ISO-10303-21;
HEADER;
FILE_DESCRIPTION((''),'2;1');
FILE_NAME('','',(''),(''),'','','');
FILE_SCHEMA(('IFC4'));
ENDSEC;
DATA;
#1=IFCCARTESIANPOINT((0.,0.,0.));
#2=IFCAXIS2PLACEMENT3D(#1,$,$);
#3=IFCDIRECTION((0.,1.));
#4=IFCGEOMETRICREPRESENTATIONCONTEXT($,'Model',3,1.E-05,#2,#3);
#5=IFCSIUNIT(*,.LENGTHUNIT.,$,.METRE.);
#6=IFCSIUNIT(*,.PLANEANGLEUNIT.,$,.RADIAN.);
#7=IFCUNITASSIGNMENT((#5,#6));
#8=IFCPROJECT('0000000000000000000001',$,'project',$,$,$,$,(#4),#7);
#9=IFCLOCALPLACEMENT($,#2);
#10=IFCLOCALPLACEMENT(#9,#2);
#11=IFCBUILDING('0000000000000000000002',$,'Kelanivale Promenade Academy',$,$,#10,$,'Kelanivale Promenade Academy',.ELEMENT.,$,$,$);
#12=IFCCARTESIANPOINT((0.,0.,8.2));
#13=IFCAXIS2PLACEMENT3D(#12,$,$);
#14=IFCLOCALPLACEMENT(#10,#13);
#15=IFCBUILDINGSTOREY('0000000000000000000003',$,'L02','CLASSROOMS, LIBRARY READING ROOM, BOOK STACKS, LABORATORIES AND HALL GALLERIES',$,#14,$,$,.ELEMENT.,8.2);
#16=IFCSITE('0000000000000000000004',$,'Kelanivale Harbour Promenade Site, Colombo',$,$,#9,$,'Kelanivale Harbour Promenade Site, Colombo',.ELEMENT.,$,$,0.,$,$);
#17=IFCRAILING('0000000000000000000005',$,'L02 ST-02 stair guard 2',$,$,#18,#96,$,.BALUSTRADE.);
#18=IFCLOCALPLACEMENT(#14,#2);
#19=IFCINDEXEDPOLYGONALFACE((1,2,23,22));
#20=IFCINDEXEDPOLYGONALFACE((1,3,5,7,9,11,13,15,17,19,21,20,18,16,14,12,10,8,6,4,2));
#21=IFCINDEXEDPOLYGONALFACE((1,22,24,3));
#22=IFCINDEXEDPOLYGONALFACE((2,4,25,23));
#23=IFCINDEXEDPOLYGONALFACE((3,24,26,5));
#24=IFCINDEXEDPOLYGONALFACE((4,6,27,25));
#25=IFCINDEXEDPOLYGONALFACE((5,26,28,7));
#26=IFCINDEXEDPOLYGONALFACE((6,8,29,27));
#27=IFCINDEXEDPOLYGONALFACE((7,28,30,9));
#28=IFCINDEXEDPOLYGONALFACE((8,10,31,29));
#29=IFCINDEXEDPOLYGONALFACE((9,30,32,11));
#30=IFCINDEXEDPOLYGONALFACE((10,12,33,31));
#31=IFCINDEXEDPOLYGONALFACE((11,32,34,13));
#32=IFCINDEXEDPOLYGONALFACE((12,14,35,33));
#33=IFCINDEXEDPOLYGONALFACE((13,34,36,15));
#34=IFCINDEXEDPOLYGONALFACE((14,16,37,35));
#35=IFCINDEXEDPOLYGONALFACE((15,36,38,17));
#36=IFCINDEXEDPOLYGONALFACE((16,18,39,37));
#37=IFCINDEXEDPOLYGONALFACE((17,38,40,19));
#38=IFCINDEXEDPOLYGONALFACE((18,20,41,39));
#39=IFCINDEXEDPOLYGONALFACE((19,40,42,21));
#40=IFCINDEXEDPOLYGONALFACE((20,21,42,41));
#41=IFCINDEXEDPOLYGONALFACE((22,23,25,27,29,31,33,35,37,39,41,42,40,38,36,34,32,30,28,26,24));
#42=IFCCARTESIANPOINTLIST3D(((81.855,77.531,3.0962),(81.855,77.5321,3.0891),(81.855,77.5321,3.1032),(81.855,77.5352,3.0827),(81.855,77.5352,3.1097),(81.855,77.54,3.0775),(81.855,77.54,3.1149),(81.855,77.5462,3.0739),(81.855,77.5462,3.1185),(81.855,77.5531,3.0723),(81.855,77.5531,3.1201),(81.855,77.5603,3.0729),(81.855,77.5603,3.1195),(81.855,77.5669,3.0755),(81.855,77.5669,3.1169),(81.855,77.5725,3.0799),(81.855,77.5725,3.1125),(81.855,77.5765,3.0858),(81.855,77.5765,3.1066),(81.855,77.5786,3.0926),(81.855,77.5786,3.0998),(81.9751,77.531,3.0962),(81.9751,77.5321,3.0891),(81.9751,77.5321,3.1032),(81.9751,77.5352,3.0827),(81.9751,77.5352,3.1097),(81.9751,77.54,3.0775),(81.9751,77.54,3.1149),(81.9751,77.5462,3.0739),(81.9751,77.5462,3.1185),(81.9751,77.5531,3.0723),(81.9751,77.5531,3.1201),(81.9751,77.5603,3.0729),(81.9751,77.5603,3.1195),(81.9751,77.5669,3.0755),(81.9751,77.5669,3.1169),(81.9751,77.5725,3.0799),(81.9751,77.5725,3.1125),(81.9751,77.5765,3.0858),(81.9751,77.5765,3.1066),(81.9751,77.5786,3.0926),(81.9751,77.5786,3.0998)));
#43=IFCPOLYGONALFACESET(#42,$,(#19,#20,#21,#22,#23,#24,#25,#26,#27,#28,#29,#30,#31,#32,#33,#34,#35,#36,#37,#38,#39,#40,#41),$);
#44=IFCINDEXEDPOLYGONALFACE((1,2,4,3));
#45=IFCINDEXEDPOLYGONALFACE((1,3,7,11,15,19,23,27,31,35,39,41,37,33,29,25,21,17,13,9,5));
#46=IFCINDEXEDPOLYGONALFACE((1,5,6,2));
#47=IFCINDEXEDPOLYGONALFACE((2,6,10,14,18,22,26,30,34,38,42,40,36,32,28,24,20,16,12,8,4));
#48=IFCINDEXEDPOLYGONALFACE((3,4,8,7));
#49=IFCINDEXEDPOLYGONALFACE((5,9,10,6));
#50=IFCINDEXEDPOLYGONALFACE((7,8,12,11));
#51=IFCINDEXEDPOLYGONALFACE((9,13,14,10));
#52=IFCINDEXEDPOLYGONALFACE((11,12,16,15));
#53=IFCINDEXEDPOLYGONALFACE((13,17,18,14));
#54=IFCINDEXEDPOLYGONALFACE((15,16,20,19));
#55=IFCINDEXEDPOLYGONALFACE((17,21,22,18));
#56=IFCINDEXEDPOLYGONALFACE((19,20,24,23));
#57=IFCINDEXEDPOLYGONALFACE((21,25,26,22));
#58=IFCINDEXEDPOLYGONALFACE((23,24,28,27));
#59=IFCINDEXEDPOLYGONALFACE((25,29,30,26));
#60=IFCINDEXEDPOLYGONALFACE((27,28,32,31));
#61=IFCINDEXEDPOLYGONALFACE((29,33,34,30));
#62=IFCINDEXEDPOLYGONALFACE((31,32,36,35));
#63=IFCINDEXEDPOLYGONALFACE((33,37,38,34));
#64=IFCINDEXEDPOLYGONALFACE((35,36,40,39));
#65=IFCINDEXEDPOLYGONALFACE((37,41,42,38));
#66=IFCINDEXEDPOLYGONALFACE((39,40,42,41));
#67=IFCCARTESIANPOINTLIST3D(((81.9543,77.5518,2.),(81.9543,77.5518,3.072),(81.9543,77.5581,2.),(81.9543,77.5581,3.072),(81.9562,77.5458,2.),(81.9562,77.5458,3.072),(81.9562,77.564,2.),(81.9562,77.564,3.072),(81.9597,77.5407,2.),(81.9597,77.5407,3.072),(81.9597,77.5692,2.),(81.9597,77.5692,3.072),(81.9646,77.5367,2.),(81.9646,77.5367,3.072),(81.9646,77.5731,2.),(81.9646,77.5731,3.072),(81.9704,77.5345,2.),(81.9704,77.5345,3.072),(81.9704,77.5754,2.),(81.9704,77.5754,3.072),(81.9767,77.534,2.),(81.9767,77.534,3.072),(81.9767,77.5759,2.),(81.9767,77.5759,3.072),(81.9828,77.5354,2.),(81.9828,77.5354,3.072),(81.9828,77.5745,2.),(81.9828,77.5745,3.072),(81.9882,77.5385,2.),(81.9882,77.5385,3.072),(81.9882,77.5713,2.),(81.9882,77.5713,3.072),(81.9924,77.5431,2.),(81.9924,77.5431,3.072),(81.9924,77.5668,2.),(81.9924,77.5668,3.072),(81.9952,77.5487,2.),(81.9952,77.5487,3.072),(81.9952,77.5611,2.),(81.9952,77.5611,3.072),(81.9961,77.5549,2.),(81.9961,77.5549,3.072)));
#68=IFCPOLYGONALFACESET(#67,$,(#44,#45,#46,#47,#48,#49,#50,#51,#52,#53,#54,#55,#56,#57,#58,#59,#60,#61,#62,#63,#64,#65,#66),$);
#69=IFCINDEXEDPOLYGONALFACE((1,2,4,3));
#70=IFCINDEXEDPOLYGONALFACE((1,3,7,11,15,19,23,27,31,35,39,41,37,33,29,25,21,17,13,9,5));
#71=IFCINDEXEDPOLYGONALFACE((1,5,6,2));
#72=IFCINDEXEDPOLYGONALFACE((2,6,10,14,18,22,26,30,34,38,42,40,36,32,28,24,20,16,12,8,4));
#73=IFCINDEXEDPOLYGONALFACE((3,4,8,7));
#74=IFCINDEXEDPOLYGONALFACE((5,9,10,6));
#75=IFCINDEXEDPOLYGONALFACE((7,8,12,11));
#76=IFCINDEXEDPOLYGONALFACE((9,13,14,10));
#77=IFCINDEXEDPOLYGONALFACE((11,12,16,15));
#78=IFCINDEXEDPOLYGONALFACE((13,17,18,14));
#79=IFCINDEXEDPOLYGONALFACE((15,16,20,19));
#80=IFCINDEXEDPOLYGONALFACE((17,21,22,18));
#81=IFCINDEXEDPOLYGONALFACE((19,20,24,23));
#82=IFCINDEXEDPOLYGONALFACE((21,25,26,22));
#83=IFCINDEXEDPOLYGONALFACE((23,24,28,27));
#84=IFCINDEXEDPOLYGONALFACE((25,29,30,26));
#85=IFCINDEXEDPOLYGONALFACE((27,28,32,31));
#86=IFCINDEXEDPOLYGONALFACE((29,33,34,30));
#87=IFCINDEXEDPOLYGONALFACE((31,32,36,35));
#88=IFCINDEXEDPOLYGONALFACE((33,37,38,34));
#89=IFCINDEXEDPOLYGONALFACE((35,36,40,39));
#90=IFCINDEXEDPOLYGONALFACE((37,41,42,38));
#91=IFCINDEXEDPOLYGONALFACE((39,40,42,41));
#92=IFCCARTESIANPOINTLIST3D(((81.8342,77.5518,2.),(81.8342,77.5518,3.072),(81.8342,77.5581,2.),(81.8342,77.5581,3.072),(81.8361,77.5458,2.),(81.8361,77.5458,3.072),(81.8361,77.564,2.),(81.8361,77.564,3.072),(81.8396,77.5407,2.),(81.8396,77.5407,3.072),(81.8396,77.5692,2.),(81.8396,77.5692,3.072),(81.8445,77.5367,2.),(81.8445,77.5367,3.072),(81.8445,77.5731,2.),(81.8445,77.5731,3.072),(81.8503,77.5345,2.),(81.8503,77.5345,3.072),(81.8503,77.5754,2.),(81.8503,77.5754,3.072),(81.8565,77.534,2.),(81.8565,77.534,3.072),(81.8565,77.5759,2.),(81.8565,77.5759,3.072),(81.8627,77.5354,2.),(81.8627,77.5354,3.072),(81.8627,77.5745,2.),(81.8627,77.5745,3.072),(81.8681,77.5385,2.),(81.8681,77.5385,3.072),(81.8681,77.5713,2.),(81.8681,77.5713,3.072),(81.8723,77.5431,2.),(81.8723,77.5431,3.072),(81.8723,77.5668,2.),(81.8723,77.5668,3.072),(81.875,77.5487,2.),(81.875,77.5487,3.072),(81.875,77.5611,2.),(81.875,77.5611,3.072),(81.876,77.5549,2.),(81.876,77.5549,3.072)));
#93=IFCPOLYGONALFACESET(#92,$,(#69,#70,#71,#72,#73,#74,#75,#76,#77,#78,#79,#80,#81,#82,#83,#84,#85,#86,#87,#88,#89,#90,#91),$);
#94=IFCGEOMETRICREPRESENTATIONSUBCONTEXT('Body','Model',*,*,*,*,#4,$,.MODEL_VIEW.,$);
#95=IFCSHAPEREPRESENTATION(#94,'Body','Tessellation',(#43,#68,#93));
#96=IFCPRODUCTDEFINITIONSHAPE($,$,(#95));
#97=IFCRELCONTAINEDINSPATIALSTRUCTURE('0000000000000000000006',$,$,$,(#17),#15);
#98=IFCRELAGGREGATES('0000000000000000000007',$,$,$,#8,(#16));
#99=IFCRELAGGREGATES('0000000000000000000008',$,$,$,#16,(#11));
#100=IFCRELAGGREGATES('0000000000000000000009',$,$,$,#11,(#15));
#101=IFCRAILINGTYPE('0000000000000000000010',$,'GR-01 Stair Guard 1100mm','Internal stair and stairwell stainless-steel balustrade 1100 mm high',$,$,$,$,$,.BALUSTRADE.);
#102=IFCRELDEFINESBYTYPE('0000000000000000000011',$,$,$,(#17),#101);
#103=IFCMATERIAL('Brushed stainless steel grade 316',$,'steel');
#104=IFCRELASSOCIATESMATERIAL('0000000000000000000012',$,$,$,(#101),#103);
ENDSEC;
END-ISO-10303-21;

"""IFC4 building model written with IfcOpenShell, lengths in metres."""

from ifc_helpers import new_model, si_unit, direction, frame, origin, origin_2d, place, context, subcontext, project, spatial, circle, extrude, material, type_object, element, save


model = new_model("IFC4")

# Units and contexts
model_context = context("Model", 3, precision=1e-05, world=origin(), true_north=direction((0.0, 1.0)))
body_context = subcontext(model_context, "Body", "Model", "MODEL_VIEW")
ifc_project = project(units=[si_unit("LENGTHUNIT", "METRE"), si_unit("PLANEANGLEUNIT", "RADIAN")], contexts=[model_context])

# Site, building, storey
site_placement = place(None, origin())
site = spatial("IfcSite", under=ifc_project, at=site_placement, Name="Kelanivale Harbour Promenade Site, Colombo", LongName="Kelanivale Harbour Promenade Site, Colombo", CompositionType="ELEMENT", RefElevation=0.0)
building_placement = place(site_placement, origin())
building = spatial("IfcBuilding", under=site, at=building_placement, Name="Kelanivale Promenade Academy", LongName="Kelanivale Promenade Academy", CompositionType="ELEMENT")
storey_placement = place(building_placement, frame((0.0, 0.0, 8.2)))
storey = spatial("IfcBuildingStorey", under=building, at=storey_placement, Name="L02", Description="CLASSROOMS, LIBRARY READING ROOM, BOOK STACKS, LABORATORIES AND HALL GALLERIES", CompositionType="ELEMENT", Elevation=8.2)

# Railing
ifc_material_1 = material(Name="Brushed stainless steel grade 316", Category="steel")
railing_type_1 = type_object("IfcRailingType", Name="GR-01 Stair Guard 1100mm", Description="Internal stair and stairwell stainless-steel balustrade 1100 mm high", PredefinedType="BALUSTRADE", material=ifc_material_1)
railing_1_placement = place(storey_placement, frame((81.9751, 77.5549, 2.0)))
element("IfcRailing", 1, at=railing_1_placement, inside=storey, type_object=railing_type_1, Name="L02 ST-02 stair guard 2", PredefinedType="BALUSTRADE", context=body_context, shape_type="SweptSolid", body=[
    extrude(circle(Radius=0.0239, at=origin_2d()), frame((0.0, 0.0, 1.0962), z_axis=(-1.0, 0.0, 0.0), x_axis=(0.0, -1.0, 0.0)), (0.0, 0.0, 1.0), 0.1201),
    extrude(circle(Radius=0.021, at=origin_2d()), origin(), (0.0, 0.0, 1.0), 1.072),
    extrude(circle(Radius=0.021, at=origin_2d()), frame((-0.1201, 0.0, 0.0)), (0.0, 0.0, 1.0), 1.072),
])

save(model, "model.ifc")
